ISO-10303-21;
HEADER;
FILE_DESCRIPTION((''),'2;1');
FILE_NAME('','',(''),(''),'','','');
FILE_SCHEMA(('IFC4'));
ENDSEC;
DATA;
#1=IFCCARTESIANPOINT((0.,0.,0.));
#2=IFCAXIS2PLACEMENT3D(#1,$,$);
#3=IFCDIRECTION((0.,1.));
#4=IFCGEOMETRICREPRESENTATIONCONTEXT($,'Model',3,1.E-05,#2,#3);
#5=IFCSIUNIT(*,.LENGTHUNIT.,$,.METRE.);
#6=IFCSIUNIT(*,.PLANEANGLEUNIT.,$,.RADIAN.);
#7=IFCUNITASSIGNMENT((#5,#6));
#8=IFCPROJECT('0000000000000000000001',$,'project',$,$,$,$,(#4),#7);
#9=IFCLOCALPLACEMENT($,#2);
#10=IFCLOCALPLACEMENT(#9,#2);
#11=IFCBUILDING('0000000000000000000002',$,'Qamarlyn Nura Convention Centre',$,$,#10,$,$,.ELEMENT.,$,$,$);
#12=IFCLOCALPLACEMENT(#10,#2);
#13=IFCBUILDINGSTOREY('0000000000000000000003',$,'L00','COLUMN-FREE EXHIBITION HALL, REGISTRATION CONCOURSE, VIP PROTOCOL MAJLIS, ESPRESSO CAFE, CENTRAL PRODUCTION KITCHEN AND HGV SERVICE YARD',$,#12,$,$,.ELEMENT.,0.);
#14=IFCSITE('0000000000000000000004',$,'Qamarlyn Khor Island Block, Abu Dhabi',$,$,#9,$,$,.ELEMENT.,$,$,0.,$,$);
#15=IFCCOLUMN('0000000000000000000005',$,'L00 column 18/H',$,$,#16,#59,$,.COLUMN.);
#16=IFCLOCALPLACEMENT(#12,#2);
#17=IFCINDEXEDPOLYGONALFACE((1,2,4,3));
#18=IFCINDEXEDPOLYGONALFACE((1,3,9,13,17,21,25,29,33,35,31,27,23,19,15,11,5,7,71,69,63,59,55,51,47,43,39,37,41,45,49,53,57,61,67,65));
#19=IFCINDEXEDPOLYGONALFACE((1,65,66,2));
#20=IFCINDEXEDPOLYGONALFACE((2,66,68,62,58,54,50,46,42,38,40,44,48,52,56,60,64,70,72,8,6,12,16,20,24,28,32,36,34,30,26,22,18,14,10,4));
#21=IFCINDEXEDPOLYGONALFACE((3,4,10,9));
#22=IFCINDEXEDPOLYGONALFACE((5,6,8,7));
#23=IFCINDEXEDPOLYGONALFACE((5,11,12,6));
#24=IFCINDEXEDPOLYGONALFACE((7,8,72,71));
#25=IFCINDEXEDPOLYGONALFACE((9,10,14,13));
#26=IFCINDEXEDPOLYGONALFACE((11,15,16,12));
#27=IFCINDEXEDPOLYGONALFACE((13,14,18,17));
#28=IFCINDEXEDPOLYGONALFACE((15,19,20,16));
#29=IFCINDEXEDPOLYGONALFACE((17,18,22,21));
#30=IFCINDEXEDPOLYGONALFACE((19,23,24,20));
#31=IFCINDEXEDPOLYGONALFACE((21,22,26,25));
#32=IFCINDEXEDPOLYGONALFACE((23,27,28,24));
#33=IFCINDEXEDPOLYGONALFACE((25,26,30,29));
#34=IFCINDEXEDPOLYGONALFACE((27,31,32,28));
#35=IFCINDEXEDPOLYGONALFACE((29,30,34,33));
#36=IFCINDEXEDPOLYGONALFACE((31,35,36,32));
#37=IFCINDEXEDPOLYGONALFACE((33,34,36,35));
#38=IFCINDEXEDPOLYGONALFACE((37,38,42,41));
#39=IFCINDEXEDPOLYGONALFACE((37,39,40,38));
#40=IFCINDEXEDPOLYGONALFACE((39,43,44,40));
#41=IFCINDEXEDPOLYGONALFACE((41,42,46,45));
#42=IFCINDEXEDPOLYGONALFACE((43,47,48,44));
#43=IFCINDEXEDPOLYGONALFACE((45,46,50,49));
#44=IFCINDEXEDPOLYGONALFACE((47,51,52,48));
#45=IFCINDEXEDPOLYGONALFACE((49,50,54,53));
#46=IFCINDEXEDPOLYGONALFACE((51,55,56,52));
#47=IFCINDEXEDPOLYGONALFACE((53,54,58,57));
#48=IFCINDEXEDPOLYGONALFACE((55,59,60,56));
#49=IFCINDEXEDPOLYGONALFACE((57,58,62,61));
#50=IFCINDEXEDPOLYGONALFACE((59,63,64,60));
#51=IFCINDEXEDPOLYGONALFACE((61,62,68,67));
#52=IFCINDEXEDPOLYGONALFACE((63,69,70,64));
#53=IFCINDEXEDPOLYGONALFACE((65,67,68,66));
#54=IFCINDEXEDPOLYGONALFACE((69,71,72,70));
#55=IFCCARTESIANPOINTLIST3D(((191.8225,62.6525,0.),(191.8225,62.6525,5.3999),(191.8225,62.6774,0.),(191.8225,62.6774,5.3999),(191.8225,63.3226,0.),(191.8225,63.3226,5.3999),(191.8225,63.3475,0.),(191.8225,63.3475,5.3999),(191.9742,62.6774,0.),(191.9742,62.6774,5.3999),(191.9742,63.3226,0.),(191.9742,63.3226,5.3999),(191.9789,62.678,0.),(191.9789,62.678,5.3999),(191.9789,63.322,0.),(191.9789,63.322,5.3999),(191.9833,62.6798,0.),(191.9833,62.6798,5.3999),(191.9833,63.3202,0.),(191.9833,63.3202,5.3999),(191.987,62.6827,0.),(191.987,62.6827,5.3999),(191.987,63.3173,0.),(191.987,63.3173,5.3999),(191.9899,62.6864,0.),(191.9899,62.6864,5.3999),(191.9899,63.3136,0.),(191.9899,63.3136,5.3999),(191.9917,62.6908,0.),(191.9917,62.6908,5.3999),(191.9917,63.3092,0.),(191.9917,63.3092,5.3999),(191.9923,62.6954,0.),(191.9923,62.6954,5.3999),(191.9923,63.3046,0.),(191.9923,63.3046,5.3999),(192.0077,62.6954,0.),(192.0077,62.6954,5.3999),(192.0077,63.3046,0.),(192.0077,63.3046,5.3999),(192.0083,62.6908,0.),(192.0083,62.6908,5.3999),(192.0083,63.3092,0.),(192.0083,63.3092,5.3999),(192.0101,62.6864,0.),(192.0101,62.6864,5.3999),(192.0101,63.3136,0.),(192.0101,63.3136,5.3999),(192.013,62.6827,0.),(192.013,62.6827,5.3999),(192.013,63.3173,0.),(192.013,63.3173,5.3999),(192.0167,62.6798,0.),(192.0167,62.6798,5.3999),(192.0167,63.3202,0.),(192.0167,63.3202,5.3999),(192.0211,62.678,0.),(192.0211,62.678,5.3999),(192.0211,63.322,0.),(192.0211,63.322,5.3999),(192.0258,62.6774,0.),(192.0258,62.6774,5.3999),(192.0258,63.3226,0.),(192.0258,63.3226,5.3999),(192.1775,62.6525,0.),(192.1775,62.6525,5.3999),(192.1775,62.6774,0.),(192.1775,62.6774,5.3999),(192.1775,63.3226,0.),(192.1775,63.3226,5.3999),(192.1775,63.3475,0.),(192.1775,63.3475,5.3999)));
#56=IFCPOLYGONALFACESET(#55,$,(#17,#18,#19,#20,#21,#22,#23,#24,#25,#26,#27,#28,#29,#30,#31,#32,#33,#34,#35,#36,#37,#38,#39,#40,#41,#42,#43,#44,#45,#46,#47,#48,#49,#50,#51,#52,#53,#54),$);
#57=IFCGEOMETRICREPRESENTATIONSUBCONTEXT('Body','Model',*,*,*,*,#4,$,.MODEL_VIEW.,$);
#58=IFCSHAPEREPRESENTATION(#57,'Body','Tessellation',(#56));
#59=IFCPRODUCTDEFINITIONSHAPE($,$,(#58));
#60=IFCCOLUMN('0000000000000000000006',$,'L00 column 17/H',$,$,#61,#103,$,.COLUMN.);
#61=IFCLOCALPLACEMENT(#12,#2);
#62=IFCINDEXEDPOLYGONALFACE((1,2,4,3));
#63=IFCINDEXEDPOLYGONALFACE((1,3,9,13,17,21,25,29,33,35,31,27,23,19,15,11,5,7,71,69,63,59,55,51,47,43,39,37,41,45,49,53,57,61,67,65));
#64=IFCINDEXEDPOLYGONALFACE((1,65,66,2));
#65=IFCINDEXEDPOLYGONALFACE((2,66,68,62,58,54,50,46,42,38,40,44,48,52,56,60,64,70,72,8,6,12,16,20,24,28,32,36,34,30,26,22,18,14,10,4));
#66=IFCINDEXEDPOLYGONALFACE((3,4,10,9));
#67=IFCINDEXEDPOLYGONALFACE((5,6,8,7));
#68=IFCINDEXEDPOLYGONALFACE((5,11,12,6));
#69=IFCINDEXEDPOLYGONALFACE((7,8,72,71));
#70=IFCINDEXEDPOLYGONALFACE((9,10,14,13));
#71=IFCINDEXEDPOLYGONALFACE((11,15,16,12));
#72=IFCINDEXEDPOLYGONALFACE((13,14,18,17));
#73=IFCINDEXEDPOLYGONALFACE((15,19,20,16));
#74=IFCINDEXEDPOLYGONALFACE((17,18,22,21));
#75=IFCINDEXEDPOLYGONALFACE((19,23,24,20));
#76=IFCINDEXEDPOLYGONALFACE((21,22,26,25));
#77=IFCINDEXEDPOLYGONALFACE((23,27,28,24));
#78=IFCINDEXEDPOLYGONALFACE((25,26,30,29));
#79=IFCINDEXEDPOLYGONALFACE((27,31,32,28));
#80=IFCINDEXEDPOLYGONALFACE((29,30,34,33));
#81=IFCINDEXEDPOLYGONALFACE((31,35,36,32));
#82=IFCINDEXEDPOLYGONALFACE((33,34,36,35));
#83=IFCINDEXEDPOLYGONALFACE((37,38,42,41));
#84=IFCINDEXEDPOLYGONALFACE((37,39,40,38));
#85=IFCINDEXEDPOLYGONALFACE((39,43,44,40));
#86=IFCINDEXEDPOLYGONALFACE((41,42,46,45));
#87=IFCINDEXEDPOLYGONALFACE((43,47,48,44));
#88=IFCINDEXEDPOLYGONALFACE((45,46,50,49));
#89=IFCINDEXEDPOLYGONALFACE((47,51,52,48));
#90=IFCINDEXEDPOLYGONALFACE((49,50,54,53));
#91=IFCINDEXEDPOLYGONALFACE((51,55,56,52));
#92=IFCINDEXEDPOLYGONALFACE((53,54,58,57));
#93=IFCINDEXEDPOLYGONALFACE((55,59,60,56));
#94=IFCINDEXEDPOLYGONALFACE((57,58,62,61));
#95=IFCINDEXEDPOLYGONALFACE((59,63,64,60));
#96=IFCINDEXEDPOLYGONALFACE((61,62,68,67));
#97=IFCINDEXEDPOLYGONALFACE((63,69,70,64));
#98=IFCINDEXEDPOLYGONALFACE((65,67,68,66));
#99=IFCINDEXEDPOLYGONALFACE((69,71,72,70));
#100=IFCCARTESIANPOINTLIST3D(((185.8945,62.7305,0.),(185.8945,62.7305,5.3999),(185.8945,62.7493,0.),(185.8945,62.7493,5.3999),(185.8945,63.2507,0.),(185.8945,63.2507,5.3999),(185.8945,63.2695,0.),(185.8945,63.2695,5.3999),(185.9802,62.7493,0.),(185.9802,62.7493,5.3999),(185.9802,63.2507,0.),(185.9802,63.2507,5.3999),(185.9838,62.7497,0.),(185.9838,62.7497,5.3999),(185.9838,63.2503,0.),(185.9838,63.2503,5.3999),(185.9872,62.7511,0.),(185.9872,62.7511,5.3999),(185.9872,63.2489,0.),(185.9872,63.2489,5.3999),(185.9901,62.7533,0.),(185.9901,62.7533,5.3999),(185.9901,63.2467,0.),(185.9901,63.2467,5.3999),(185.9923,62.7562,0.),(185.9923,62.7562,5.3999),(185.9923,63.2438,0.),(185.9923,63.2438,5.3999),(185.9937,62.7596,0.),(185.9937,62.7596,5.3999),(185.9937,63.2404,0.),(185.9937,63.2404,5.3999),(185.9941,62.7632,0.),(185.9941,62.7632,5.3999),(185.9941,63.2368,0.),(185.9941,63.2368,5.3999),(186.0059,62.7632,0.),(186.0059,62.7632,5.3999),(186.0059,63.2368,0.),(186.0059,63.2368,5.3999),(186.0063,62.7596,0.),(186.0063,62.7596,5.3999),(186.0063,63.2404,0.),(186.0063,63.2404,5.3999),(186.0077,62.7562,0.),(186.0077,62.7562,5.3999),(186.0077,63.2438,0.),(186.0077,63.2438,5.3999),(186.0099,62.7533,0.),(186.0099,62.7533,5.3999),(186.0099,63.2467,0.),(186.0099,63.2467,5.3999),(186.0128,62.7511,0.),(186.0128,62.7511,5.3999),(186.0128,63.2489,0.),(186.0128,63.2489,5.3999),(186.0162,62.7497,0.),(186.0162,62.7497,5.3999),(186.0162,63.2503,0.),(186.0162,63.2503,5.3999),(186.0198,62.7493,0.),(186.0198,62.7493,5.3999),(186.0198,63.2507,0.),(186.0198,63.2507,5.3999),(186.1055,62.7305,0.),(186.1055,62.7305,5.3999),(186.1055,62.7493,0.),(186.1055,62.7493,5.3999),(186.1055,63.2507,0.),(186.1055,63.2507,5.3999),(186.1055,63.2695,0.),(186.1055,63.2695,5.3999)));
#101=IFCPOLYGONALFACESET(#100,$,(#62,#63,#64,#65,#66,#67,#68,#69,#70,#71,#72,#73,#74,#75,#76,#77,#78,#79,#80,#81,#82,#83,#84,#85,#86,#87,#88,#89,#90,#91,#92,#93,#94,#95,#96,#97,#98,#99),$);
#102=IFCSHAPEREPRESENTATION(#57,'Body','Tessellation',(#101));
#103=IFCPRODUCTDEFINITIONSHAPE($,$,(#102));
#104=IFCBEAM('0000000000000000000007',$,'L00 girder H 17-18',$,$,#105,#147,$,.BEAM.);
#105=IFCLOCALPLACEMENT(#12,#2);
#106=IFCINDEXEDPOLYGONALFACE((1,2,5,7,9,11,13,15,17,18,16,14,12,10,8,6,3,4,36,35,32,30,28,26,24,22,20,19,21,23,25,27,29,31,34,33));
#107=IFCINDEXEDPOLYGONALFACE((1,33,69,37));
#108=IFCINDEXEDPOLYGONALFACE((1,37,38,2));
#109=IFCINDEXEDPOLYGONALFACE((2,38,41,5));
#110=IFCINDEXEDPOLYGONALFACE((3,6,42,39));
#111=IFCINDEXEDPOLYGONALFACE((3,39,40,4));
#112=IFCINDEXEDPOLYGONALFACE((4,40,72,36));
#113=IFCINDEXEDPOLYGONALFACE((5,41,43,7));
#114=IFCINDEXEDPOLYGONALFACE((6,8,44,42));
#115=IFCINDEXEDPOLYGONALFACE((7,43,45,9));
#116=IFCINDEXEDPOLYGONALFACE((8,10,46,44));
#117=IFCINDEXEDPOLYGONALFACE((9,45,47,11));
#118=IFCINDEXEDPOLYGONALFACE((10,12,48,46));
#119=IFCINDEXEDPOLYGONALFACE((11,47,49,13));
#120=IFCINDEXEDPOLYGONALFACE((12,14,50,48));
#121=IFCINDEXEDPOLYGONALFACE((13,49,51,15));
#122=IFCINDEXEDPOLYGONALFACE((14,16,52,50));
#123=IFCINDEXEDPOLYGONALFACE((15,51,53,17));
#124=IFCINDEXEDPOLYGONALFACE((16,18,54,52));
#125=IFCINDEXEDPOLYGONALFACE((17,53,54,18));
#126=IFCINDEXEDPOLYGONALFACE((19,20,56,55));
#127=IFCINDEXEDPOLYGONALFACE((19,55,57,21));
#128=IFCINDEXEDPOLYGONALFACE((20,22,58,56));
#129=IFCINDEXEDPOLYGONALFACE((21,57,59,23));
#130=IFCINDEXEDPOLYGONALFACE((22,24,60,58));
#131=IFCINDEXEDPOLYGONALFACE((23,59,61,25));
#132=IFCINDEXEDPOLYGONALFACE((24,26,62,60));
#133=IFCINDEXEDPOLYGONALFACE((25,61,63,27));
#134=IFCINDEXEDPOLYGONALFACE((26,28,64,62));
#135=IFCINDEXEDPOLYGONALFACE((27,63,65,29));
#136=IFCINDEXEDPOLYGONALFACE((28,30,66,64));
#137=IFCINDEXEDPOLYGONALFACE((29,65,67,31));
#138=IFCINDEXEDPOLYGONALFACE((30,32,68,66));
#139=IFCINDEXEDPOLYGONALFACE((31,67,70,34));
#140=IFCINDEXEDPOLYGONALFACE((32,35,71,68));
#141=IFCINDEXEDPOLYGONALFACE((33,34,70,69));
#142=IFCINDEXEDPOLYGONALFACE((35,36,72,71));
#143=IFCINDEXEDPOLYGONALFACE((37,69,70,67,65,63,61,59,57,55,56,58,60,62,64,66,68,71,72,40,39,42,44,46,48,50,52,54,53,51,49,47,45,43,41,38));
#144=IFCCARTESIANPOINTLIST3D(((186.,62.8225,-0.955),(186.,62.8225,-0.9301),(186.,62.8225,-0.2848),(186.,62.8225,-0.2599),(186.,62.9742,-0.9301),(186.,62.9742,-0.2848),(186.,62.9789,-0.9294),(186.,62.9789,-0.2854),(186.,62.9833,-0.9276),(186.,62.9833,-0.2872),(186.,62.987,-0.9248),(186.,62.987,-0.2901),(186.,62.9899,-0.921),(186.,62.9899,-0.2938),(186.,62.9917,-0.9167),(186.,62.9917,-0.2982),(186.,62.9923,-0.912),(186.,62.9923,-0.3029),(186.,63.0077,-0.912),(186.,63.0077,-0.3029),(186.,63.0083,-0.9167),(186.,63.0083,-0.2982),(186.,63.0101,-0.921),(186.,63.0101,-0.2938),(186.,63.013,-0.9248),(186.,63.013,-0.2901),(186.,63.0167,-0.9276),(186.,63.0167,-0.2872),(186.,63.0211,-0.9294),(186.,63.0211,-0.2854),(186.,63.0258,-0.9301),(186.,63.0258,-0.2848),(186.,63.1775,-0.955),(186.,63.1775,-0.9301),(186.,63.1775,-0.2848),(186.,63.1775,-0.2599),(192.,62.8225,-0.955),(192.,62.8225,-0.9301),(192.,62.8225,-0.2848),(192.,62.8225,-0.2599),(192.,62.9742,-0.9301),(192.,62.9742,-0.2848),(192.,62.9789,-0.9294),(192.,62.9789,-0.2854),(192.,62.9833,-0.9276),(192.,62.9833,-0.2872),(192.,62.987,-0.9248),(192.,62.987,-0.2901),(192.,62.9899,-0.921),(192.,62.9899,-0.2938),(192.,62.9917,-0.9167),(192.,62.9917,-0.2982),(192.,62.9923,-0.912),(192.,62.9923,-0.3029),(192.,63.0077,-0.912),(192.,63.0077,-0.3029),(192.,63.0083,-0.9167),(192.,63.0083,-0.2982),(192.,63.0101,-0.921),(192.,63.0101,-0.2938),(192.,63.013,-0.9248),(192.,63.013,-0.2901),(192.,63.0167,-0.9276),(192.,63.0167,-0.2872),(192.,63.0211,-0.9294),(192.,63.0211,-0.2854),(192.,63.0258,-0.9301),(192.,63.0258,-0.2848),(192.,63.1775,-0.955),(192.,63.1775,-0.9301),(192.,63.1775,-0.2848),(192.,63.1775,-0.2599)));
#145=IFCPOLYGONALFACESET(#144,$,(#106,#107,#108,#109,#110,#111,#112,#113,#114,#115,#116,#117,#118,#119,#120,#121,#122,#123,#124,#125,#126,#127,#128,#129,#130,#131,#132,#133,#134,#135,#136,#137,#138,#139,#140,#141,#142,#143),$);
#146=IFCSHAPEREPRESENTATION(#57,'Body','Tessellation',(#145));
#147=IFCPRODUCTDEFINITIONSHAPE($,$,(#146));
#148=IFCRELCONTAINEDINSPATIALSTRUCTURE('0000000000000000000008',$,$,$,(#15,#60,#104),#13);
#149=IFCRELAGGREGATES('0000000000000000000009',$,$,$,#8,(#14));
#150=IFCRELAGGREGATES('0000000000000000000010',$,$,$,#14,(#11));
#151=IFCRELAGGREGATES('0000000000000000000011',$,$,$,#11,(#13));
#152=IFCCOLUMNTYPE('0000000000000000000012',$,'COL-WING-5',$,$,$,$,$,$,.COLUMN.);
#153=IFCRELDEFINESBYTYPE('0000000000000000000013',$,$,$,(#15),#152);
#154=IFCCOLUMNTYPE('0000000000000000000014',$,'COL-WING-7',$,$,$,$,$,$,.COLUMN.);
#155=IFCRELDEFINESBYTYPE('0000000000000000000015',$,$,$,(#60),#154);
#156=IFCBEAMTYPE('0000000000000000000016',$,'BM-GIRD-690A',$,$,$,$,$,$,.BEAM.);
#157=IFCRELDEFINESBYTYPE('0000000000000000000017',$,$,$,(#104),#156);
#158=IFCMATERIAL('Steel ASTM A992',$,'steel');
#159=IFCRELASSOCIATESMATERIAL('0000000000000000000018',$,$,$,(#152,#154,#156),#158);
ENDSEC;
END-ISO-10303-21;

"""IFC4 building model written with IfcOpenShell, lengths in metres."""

from ifc_helpers import new_model, si_unit, direction, frame, origin, origin_2d, place, context, subcontext, project, spatial, i_section, extrude, material, material_profile, profile_set, type_object, element, save


model = new_model("IFC4")

# Units and contexts
model_context = context("Model", 3, precision=1e-05, world=origin(), true_north=direction((0.0, 1.0)))
body_context = subcontext(model_context, "Body", "Model", "MODEL_VIEW")
ifc_project = project(units=[si_unit("LENGTHUNIT", "METRE"), si_unit("PLANEANGLEUNIT", "RADIAN")], contexts=[model_context])

# Site, building, storey
site_placement = place(None, origin())
site = spatial("IfcSite", under=ifc_project, at=site_placement, Name="Qamarlyn Khor Island Block, Abu Dhabi", CompositionType="ELEMENT", RefElevation=0.0)
building_placement = place(site_placement, origin())
building = spatial("IfcBuilding", under=site, at=building_placement, Name="Qamarlyn Nura Convention Centre", CompositionType="ELEMENT")
storey_placement = place(building_placement, origin())
storey = spatial("IfcBuildingStorey", under=building, at=storey_placement, Name="L00", Description="COLUMN-FREE EXHIBITION HALL, REGISTRATION CONCOURSE, VIP PROTOCOL MAJLIS, ESPRESSO CAFE, CENTRAL PRODUCTION KITCHEN AND HGV SERVICE YARD", CompositionType="ELEMENT", Elevation=0.0)

# Columns
ifc_material_1 = material(Name="Steel ASTM A992", Category="steel")
ifc_material_profile_1 = material_profile(ifc_material_1, i_section(OverallWidth=0.355, OverallDepth=0.6951, WebThickness=0.0154, FlangeThickness=0.0249, FilletRadius=0.0181, at=origin_2d()), Name="W690X217")
ifc_profile_set_1 = profile_set([ifc_material_profile_1], Name="Steel ASTM A992")
column_type_1 = type_object("IfcColumnType", Name="COL-WING-5", PredefinedType="COLUMN", material=ifc_profile_set_1)
column_1_placement = place(storey_placement, frame((192.0, 63.0, 0.0), z_axis=(0.0, 0.0, 1.0), x_axis=(1.0, 0.0, 0.0)))
element("IfcColumn", 1, at=column_1_placement, inside=storey, type_object=column_type_1, Name="L00 column 18/H", PredefinedType="COLUMN", context=body_context, shape_type="SweptSolid", body=[
    extrude(i_section(OverallWidth=0.355, OverallDepth=0.6951, WebThickness=0.0154, FlangeThickness=0.0249, FilletRadius=0.0181, at=origin_2d()), origin(), (0.0, 0.0, 1.0), 5.3999),
])
ifc_material_profile_2 = material_profile(ifc_material_1, i_section(OverallWidth=0.2109, OverallDepth=0.5391, WebThickness=0.0117, FlangeThickness=0.0188, FilletRadius=0.0139, at=origin_2d()), Name="W530X109")
ifc_profile_set_2 = profile_set([ifc_material_profile_2], Name="Steel ASTM A992")
column_type_2 = type_object("IfcColumnType", Name="COL-WING-7", PredefinedType="COLUMN", material=ifc_profile_set_2)
column_2_placement = place(storey_placement, frame((186.0, 63.0, 0.0), z_axis=(0.0, 0.0, 1.0), x_axis=(1.0, 0.0, 0.0)))
element("IfcColumn", 2, at=column_2_placement, inside=storey, type_object=column_type_2, Name="L00 column 17/H", PredefinedType="COLUMN", context=body_context, shape_type="SweptSolid", body=[
    extrude(i_section(OverallWidth=0.2109, OverallDepth=0.5391, WebThickness=0.0117, FlangeThickness=0.0188, FilletRadius=0.0139, at=origin_2d()), origin(), (0.0, 0.0, 1.0), 5.3999),
])

# Beam
ifc_material_profile_3 = material_profile(ifc_material_1, i_section(OverallWidth=0.355, OverallDepth=0.6951, WebThickness=0.0154, FlangeThickness=0.0249, FilletRadius=0.0181, at=origin_2d()), Name="W690X217")
ifc_profile_set_3 = profile_set([ifc_material_profile_3], Name="Steel ASTM A992")
beam_type_1 = type_object("IfcBeamType", Name="BM-GIRD-690A", PredefinedType="BEAM", material=ifc_profile_set_3)
beam_1_placement = place(storey_placement, frame((186.0, 63.0, -0.6074), z_axis=(1.0, 0.0, 0.0), x_axis=(0.0, 1.0, 0.0)))
element("IfcBeam", 3, at=beam_1_placement, inside=storey, type_object=beam_type_1, Name="L00 girder H 17-18", PredefinedType="BEAM", context=body_context, shape_type="SweptSolid", body=[
    extrude(i_section(OverallWidth=0.355, OverallDepth=0.6951, WebThickness=0.0154, FlangeThickness=0.0249, FilletRadius=0.0181, at=origin_2d()), origin(), (0.0, 0.0, 1.0), 6.0),
])

save(model, "model.ifc")
